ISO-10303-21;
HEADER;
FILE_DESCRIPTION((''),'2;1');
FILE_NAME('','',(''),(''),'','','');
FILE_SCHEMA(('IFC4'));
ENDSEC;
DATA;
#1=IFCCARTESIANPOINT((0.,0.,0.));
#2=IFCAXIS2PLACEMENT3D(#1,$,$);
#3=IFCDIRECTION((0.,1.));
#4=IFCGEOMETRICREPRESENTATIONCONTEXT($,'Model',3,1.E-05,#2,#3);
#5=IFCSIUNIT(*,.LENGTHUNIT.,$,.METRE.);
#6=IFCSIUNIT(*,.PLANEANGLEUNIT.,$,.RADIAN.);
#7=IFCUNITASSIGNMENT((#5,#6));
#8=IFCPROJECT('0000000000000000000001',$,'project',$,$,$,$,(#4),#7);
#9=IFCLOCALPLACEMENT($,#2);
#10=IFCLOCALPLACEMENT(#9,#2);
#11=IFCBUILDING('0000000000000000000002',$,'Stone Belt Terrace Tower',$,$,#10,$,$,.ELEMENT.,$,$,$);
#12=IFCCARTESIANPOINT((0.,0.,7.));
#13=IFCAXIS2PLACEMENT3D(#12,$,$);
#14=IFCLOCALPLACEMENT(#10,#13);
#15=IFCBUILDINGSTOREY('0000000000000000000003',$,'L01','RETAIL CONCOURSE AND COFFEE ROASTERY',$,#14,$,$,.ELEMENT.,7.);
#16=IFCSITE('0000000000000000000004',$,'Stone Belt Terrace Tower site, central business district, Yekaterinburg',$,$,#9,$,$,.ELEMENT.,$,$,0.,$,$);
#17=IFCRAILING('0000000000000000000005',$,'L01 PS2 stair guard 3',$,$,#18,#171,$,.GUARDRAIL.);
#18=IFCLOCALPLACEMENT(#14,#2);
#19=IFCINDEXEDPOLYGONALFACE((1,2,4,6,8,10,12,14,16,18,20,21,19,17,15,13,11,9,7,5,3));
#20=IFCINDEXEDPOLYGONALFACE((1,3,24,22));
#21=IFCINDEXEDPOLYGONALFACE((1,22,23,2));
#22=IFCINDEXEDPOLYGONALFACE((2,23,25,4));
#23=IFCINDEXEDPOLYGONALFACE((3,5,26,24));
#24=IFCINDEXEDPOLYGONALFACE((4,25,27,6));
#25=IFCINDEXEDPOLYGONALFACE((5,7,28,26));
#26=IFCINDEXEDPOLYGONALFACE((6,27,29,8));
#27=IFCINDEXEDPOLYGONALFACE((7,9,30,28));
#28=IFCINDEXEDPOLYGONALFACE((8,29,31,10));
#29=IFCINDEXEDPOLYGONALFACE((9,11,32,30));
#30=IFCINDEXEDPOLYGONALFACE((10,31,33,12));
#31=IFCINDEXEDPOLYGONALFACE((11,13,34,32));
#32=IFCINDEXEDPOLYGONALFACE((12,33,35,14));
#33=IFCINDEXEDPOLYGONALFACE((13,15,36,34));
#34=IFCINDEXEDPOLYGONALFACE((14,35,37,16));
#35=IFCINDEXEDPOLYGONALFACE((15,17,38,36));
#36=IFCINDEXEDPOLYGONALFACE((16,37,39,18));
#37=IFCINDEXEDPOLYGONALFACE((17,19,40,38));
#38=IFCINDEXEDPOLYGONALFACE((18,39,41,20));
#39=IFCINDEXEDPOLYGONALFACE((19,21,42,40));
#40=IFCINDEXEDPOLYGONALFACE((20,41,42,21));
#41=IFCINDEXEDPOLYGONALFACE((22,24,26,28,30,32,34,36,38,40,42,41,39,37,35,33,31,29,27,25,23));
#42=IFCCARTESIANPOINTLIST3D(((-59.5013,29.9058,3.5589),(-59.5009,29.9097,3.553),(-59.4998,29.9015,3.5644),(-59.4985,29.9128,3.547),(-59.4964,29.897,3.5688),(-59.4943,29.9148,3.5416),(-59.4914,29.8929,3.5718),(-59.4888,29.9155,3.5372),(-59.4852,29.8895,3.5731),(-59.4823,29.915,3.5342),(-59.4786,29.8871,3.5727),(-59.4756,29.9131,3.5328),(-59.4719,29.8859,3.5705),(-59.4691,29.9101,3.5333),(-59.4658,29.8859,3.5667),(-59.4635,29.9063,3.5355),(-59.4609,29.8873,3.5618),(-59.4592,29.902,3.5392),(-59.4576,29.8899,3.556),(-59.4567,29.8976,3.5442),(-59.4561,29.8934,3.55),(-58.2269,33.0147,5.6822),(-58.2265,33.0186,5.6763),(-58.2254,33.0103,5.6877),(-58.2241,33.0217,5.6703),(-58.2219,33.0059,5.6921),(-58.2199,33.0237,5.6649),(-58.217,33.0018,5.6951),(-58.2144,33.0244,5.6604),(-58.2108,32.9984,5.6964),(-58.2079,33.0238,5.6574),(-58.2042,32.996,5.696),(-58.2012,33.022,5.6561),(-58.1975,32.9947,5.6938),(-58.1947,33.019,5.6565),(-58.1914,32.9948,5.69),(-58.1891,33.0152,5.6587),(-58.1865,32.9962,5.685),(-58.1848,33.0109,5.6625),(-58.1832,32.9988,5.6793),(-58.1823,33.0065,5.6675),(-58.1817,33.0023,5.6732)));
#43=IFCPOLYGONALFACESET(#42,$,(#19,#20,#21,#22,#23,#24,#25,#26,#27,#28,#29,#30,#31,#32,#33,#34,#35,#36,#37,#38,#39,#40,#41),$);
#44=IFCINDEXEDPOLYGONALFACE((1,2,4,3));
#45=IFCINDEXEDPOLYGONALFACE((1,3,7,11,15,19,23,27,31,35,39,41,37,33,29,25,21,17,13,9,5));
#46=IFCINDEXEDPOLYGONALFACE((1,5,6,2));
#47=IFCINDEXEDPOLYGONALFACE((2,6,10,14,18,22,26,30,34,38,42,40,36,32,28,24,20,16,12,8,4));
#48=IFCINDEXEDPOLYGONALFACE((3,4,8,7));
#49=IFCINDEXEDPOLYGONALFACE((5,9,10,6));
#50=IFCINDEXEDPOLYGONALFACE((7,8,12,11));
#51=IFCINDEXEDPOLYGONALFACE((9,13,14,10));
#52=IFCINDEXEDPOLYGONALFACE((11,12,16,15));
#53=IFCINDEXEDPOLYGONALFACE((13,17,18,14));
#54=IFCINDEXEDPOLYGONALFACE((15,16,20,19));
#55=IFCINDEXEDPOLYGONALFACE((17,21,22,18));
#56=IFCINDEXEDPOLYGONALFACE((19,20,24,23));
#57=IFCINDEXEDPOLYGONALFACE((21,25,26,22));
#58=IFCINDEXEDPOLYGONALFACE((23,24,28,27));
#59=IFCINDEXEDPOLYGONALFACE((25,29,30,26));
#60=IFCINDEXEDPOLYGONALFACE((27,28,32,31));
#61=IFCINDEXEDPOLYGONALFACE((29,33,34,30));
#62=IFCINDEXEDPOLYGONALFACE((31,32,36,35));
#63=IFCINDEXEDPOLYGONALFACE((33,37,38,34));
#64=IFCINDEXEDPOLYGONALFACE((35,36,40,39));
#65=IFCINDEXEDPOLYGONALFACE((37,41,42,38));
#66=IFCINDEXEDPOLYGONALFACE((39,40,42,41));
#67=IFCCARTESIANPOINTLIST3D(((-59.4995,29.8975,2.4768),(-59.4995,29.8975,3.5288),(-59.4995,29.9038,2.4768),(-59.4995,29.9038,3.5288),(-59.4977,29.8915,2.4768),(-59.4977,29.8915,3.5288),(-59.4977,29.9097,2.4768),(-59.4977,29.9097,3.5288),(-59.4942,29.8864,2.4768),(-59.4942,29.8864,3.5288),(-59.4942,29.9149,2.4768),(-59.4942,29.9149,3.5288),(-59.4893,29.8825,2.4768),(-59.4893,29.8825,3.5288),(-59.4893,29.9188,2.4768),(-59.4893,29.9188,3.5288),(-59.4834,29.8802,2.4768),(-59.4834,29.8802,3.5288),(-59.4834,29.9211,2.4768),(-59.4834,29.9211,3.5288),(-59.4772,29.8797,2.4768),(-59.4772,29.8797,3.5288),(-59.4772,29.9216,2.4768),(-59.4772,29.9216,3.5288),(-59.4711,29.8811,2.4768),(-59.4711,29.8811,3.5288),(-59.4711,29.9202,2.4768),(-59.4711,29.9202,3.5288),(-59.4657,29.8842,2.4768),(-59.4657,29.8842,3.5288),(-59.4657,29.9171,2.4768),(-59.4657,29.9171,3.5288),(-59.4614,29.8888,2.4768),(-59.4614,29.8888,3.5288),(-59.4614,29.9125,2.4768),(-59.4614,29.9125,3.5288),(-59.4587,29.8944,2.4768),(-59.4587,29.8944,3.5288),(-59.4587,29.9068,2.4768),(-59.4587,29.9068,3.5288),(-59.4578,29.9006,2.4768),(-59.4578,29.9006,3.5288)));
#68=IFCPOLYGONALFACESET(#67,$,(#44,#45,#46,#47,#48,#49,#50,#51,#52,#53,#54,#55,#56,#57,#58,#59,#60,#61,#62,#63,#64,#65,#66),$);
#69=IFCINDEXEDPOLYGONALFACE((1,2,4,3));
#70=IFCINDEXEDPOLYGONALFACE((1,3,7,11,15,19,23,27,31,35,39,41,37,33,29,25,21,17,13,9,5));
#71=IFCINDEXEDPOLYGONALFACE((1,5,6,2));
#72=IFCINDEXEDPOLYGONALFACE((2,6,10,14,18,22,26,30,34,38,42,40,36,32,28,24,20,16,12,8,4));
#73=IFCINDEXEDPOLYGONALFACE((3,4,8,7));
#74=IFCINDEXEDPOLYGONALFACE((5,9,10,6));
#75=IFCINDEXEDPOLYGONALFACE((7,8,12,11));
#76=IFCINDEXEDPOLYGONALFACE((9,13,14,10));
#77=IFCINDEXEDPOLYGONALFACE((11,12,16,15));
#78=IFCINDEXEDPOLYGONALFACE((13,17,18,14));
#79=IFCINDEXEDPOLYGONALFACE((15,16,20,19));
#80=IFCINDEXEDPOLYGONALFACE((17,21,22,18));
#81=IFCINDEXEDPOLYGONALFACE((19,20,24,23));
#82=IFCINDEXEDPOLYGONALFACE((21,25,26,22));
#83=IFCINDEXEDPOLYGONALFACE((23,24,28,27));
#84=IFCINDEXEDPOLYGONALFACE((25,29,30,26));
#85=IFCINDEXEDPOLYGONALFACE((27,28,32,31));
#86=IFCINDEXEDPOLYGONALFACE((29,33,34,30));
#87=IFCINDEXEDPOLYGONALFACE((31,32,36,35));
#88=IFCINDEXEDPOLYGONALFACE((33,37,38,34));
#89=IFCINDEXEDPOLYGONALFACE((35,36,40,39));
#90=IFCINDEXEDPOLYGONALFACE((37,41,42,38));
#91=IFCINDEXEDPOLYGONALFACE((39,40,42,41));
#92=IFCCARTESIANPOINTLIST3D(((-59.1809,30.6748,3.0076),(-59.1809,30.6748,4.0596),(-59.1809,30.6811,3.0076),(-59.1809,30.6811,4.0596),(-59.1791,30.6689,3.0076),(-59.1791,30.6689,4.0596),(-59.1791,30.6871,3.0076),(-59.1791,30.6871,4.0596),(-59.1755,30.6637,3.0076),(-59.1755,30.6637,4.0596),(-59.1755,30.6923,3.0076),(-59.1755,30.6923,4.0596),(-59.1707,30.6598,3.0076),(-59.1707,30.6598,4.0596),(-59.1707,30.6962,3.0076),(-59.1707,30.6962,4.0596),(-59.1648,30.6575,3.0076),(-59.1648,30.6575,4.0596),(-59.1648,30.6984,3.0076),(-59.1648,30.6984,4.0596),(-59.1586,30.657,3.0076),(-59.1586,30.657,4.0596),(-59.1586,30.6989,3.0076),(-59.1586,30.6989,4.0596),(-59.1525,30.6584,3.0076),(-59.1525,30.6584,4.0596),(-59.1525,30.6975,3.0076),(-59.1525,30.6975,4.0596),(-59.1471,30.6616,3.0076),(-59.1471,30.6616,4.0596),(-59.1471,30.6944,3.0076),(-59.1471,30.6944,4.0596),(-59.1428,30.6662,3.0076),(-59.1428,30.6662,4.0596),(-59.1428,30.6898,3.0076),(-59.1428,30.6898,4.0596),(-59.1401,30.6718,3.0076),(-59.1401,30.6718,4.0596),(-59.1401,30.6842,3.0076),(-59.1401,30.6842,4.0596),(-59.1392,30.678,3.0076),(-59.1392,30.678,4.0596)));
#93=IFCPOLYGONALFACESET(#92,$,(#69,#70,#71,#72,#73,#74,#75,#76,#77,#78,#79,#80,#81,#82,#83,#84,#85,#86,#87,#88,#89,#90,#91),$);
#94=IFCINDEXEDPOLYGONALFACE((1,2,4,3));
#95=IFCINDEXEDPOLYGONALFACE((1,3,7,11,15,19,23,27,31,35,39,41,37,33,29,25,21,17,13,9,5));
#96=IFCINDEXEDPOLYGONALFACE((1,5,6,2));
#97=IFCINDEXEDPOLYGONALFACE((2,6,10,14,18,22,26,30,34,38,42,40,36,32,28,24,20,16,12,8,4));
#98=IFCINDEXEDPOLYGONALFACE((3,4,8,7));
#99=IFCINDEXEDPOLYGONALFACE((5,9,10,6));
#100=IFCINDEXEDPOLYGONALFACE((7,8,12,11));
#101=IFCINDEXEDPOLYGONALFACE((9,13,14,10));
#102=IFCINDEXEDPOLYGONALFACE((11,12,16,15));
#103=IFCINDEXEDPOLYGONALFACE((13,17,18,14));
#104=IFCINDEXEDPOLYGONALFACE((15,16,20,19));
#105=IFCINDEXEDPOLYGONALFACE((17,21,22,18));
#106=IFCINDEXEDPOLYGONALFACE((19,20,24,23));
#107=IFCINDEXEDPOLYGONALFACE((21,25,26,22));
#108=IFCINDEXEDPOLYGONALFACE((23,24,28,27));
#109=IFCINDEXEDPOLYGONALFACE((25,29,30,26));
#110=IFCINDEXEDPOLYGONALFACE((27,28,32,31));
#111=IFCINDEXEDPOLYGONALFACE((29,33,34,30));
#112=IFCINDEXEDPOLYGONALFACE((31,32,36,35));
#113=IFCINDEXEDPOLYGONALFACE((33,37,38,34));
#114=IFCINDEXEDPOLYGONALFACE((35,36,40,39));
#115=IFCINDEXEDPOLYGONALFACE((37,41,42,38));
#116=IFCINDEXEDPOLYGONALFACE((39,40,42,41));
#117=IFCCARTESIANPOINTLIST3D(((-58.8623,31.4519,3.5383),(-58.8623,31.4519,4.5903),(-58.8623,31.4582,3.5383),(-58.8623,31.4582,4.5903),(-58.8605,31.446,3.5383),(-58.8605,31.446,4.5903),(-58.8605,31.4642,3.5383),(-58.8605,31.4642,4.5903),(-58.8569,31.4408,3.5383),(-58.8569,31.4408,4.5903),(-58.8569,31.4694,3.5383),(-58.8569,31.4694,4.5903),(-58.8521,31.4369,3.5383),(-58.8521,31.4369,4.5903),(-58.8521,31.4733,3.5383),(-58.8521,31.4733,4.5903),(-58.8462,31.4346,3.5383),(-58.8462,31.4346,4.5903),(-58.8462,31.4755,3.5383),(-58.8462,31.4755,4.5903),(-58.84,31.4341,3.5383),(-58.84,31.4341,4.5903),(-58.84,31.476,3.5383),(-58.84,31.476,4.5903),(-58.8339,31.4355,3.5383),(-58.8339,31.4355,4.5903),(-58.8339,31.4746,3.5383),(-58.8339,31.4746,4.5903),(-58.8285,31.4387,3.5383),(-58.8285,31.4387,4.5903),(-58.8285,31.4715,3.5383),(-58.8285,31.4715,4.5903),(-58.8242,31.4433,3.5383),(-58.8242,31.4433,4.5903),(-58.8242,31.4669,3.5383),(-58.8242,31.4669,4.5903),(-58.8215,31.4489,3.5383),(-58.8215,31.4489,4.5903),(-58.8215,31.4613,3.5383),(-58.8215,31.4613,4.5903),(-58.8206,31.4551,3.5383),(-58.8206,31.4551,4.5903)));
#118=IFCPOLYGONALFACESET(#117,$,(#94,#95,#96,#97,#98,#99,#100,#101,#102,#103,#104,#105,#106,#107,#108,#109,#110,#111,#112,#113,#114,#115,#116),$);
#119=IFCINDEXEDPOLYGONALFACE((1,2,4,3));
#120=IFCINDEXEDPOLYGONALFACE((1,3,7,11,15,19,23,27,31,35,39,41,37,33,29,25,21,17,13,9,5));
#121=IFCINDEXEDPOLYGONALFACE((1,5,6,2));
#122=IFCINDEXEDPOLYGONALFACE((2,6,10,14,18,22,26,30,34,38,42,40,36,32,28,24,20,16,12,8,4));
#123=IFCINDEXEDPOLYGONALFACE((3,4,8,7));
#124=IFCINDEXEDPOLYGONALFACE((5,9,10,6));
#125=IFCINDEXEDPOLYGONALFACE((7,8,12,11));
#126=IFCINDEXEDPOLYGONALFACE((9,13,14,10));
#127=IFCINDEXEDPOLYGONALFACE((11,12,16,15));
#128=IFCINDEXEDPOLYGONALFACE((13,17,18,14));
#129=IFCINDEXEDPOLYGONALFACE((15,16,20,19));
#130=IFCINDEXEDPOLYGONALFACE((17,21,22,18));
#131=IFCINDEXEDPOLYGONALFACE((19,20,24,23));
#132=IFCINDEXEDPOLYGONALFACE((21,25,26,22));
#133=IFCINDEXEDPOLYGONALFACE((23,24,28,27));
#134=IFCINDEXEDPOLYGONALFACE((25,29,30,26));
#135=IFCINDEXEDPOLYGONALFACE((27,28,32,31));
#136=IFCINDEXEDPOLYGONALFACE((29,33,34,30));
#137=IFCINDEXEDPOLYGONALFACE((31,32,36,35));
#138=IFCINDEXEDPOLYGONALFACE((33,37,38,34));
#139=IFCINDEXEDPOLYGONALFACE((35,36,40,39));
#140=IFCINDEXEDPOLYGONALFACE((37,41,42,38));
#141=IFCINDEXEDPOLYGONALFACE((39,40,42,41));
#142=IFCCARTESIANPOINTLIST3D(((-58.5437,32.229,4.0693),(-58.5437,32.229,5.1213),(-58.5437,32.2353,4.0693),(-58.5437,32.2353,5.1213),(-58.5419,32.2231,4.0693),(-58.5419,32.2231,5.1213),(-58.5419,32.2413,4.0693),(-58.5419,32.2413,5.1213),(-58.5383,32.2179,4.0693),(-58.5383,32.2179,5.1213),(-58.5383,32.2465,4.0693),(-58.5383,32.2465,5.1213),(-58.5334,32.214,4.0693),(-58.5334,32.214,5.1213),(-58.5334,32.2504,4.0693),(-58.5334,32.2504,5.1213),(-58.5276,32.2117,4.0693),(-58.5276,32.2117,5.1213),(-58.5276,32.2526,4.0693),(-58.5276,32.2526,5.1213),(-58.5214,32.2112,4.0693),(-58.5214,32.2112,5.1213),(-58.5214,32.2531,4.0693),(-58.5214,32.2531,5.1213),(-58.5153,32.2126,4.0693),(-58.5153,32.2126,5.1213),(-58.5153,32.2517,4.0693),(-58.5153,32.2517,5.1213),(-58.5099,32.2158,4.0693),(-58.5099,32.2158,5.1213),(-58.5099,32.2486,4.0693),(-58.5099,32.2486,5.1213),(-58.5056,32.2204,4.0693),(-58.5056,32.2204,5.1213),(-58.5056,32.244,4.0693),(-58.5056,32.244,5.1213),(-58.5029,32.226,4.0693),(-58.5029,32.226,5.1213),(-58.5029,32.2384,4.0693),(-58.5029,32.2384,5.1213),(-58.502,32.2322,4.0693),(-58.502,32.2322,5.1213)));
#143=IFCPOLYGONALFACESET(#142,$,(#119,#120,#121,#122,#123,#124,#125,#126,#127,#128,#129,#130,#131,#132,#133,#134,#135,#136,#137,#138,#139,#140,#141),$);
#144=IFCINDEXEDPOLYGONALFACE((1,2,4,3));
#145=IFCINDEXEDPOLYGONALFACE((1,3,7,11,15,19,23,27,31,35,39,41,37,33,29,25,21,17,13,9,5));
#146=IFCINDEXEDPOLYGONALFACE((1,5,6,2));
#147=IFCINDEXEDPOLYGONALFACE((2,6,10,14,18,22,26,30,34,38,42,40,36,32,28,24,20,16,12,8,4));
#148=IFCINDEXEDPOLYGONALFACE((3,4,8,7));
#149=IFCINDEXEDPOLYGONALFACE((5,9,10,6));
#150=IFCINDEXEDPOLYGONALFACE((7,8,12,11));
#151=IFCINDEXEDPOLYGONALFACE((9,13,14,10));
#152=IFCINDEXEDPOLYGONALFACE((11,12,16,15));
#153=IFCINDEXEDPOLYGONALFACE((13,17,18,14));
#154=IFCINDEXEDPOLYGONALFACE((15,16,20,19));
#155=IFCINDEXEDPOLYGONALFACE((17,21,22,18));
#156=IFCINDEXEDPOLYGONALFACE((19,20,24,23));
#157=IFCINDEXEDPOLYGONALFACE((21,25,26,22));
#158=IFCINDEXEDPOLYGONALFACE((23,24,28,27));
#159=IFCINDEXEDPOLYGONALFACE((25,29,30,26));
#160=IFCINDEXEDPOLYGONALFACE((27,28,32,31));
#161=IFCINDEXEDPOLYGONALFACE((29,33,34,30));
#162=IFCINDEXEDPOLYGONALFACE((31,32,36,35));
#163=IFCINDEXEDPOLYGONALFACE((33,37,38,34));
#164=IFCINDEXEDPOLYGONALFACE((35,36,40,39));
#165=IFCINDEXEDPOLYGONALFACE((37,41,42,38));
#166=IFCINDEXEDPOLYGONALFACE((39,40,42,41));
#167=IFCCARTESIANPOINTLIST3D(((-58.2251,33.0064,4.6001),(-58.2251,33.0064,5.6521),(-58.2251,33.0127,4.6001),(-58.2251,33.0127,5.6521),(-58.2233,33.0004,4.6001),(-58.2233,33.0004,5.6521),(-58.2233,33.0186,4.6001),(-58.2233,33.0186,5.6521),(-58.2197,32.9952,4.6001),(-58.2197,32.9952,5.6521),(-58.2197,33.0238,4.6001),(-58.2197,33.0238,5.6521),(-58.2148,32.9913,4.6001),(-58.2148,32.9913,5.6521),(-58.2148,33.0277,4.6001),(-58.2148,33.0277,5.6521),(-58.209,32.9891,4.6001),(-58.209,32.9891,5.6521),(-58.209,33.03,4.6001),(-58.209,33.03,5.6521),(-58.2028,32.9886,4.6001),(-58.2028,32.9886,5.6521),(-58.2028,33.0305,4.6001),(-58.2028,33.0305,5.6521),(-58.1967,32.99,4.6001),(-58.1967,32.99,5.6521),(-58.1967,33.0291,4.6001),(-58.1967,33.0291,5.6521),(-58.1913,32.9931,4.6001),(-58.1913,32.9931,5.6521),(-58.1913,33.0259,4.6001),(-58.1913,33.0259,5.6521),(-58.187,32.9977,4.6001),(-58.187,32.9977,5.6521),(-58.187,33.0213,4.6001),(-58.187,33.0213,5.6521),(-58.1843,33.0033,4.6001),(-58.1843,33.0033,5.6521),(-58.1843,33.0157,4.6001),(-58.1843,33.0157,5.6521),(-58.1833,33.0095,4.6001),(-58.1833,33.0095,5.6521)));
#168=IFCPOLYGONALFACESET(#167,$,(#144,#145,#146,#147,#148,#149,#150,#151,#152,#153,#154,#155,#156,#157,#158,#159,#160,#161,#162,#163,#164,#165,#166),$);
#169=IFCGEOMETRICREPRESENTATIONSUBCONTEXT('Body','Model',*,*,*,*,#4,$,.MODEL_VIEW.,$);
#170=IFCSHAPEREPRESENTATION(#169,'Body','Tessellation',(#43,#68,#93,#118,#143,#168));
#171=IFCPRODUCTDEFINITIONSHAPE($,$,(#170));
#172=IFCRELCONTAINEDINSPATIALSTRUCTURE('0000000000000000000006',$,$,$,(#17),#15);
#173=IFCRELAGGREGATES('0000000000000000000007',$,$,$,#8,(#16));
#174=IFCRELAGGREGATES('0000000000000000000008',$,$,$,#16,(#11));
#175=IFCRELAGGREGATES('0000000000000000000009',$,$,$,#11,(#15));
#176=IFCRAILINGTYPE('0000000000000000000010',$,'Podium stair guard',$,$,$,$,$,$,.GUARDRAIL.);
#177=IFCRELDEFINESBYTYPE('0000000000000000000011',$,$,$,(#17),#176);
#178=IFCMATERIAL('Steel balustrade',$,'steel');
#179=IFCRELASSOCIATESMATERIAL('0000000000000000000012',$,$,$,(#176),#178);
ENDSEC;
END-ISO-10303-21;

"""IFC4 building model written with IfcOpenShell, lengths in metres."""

from ifc_helpers import new_model, si_unit, direction, frame, origin, origin_2d, place, context, subcontext, project, spatial, circle, extrude, material, type_object, element, save


model = new_model("IFC4")

# Units and contexts
model_context = context("Model", 3, precision=1e-05, world=origin(), true_north=direction((0.0, 1.0)))
body_context = subcontext(model_context, "Body", "Model", "MODEL_VIEW")
ifc_project = project(units=[si_unit("LENGTHUNIT", "METRE"), si_unit("PLANEANGLEUNIT", "RADIAN")], contexts=[model_context])

# Site, building, storey
site_placement = place(None, origin())
site = spatial("IfcSite", under=ifc_project, at=site_placement, Name="Stone Belt Terrace Tower site, central business district, Yekaterinburg", CompositionType="ELEMENT", RefElevation=0.0)
building_placement = place(site_placement, origin())
building = spatial("IfcBuilding", under=site, at=building_placement, Name="Stone Belt Terrace Tower", CompositionType="ELEMENT")
storey_placement = place(building_placement, frame((0.0, 0.0, 7.0)))
storey = spatial("IfcBuildingStorey", under=building, at=storey_placement, Name="L01", Description="RETAIL CONCOURSE AND COFFEE ROASTERY", CompositionType="ELEMENT", Elevation=7.0)

# Railing
ifc_material_1 = material(Name="Steel balustrade", Category="steel")
railing_type_1 = type_object("IfcRailingType", Name="Podium stair guard", PredefinedType="GUARDRAIL", material=ifc_material_1)
railing_1_placement = place(storey_placement, frame((-59.4788, 29.9006, 2.4768)))
element("IfcRailing", 1, at=railing_1_placement, inside=storey, type_object=railing_type_1, Name="L01 PS2 stair guard 3", PredefinedType="GUARDRAIL", context=body_context, shape_type="SweptSolid", body=[
    extrude(circle(Radius=0.0239, at=origin_2d()), frame((0.0, 0.0, 1.0762), z_axis=(0.320637, 0.782183, 0.534211), x_axis=(-0.925276, 0.379295, 0.0)), (0.0, 0.0, 1.0), 3.9746),
    extrude(circle(Radius=0.021, at=origin_2d()), origin(), (0.0, 0.0, 1.0), 1.052),
    extrude(circle(Radius=0.021, at=origin_2d()), frame((0.3186, 0.7773, 0.5308)), (0.0, 0.0, 1.0), 1.052),
    extrude(circle(Radius=0.021, at=origin_2d()), frame((0.6372, 1.5544, 1.0615)), (0.0, 0.0, 1.0), 1.052),
    extrude(circle(Radius=0.021, at=origin_2d()), frame((0.9558, 2.3315, 1.5925)), (0.0, 0.0, 1.0), 1.052),
    extrude(circle(Radius=0.021, at=origin_2d()), frame((1.2744, 3.1089, 2.1233)), (0.0, 0.0, 1.0), 1.052),
])

save(model, "model.ifc")
